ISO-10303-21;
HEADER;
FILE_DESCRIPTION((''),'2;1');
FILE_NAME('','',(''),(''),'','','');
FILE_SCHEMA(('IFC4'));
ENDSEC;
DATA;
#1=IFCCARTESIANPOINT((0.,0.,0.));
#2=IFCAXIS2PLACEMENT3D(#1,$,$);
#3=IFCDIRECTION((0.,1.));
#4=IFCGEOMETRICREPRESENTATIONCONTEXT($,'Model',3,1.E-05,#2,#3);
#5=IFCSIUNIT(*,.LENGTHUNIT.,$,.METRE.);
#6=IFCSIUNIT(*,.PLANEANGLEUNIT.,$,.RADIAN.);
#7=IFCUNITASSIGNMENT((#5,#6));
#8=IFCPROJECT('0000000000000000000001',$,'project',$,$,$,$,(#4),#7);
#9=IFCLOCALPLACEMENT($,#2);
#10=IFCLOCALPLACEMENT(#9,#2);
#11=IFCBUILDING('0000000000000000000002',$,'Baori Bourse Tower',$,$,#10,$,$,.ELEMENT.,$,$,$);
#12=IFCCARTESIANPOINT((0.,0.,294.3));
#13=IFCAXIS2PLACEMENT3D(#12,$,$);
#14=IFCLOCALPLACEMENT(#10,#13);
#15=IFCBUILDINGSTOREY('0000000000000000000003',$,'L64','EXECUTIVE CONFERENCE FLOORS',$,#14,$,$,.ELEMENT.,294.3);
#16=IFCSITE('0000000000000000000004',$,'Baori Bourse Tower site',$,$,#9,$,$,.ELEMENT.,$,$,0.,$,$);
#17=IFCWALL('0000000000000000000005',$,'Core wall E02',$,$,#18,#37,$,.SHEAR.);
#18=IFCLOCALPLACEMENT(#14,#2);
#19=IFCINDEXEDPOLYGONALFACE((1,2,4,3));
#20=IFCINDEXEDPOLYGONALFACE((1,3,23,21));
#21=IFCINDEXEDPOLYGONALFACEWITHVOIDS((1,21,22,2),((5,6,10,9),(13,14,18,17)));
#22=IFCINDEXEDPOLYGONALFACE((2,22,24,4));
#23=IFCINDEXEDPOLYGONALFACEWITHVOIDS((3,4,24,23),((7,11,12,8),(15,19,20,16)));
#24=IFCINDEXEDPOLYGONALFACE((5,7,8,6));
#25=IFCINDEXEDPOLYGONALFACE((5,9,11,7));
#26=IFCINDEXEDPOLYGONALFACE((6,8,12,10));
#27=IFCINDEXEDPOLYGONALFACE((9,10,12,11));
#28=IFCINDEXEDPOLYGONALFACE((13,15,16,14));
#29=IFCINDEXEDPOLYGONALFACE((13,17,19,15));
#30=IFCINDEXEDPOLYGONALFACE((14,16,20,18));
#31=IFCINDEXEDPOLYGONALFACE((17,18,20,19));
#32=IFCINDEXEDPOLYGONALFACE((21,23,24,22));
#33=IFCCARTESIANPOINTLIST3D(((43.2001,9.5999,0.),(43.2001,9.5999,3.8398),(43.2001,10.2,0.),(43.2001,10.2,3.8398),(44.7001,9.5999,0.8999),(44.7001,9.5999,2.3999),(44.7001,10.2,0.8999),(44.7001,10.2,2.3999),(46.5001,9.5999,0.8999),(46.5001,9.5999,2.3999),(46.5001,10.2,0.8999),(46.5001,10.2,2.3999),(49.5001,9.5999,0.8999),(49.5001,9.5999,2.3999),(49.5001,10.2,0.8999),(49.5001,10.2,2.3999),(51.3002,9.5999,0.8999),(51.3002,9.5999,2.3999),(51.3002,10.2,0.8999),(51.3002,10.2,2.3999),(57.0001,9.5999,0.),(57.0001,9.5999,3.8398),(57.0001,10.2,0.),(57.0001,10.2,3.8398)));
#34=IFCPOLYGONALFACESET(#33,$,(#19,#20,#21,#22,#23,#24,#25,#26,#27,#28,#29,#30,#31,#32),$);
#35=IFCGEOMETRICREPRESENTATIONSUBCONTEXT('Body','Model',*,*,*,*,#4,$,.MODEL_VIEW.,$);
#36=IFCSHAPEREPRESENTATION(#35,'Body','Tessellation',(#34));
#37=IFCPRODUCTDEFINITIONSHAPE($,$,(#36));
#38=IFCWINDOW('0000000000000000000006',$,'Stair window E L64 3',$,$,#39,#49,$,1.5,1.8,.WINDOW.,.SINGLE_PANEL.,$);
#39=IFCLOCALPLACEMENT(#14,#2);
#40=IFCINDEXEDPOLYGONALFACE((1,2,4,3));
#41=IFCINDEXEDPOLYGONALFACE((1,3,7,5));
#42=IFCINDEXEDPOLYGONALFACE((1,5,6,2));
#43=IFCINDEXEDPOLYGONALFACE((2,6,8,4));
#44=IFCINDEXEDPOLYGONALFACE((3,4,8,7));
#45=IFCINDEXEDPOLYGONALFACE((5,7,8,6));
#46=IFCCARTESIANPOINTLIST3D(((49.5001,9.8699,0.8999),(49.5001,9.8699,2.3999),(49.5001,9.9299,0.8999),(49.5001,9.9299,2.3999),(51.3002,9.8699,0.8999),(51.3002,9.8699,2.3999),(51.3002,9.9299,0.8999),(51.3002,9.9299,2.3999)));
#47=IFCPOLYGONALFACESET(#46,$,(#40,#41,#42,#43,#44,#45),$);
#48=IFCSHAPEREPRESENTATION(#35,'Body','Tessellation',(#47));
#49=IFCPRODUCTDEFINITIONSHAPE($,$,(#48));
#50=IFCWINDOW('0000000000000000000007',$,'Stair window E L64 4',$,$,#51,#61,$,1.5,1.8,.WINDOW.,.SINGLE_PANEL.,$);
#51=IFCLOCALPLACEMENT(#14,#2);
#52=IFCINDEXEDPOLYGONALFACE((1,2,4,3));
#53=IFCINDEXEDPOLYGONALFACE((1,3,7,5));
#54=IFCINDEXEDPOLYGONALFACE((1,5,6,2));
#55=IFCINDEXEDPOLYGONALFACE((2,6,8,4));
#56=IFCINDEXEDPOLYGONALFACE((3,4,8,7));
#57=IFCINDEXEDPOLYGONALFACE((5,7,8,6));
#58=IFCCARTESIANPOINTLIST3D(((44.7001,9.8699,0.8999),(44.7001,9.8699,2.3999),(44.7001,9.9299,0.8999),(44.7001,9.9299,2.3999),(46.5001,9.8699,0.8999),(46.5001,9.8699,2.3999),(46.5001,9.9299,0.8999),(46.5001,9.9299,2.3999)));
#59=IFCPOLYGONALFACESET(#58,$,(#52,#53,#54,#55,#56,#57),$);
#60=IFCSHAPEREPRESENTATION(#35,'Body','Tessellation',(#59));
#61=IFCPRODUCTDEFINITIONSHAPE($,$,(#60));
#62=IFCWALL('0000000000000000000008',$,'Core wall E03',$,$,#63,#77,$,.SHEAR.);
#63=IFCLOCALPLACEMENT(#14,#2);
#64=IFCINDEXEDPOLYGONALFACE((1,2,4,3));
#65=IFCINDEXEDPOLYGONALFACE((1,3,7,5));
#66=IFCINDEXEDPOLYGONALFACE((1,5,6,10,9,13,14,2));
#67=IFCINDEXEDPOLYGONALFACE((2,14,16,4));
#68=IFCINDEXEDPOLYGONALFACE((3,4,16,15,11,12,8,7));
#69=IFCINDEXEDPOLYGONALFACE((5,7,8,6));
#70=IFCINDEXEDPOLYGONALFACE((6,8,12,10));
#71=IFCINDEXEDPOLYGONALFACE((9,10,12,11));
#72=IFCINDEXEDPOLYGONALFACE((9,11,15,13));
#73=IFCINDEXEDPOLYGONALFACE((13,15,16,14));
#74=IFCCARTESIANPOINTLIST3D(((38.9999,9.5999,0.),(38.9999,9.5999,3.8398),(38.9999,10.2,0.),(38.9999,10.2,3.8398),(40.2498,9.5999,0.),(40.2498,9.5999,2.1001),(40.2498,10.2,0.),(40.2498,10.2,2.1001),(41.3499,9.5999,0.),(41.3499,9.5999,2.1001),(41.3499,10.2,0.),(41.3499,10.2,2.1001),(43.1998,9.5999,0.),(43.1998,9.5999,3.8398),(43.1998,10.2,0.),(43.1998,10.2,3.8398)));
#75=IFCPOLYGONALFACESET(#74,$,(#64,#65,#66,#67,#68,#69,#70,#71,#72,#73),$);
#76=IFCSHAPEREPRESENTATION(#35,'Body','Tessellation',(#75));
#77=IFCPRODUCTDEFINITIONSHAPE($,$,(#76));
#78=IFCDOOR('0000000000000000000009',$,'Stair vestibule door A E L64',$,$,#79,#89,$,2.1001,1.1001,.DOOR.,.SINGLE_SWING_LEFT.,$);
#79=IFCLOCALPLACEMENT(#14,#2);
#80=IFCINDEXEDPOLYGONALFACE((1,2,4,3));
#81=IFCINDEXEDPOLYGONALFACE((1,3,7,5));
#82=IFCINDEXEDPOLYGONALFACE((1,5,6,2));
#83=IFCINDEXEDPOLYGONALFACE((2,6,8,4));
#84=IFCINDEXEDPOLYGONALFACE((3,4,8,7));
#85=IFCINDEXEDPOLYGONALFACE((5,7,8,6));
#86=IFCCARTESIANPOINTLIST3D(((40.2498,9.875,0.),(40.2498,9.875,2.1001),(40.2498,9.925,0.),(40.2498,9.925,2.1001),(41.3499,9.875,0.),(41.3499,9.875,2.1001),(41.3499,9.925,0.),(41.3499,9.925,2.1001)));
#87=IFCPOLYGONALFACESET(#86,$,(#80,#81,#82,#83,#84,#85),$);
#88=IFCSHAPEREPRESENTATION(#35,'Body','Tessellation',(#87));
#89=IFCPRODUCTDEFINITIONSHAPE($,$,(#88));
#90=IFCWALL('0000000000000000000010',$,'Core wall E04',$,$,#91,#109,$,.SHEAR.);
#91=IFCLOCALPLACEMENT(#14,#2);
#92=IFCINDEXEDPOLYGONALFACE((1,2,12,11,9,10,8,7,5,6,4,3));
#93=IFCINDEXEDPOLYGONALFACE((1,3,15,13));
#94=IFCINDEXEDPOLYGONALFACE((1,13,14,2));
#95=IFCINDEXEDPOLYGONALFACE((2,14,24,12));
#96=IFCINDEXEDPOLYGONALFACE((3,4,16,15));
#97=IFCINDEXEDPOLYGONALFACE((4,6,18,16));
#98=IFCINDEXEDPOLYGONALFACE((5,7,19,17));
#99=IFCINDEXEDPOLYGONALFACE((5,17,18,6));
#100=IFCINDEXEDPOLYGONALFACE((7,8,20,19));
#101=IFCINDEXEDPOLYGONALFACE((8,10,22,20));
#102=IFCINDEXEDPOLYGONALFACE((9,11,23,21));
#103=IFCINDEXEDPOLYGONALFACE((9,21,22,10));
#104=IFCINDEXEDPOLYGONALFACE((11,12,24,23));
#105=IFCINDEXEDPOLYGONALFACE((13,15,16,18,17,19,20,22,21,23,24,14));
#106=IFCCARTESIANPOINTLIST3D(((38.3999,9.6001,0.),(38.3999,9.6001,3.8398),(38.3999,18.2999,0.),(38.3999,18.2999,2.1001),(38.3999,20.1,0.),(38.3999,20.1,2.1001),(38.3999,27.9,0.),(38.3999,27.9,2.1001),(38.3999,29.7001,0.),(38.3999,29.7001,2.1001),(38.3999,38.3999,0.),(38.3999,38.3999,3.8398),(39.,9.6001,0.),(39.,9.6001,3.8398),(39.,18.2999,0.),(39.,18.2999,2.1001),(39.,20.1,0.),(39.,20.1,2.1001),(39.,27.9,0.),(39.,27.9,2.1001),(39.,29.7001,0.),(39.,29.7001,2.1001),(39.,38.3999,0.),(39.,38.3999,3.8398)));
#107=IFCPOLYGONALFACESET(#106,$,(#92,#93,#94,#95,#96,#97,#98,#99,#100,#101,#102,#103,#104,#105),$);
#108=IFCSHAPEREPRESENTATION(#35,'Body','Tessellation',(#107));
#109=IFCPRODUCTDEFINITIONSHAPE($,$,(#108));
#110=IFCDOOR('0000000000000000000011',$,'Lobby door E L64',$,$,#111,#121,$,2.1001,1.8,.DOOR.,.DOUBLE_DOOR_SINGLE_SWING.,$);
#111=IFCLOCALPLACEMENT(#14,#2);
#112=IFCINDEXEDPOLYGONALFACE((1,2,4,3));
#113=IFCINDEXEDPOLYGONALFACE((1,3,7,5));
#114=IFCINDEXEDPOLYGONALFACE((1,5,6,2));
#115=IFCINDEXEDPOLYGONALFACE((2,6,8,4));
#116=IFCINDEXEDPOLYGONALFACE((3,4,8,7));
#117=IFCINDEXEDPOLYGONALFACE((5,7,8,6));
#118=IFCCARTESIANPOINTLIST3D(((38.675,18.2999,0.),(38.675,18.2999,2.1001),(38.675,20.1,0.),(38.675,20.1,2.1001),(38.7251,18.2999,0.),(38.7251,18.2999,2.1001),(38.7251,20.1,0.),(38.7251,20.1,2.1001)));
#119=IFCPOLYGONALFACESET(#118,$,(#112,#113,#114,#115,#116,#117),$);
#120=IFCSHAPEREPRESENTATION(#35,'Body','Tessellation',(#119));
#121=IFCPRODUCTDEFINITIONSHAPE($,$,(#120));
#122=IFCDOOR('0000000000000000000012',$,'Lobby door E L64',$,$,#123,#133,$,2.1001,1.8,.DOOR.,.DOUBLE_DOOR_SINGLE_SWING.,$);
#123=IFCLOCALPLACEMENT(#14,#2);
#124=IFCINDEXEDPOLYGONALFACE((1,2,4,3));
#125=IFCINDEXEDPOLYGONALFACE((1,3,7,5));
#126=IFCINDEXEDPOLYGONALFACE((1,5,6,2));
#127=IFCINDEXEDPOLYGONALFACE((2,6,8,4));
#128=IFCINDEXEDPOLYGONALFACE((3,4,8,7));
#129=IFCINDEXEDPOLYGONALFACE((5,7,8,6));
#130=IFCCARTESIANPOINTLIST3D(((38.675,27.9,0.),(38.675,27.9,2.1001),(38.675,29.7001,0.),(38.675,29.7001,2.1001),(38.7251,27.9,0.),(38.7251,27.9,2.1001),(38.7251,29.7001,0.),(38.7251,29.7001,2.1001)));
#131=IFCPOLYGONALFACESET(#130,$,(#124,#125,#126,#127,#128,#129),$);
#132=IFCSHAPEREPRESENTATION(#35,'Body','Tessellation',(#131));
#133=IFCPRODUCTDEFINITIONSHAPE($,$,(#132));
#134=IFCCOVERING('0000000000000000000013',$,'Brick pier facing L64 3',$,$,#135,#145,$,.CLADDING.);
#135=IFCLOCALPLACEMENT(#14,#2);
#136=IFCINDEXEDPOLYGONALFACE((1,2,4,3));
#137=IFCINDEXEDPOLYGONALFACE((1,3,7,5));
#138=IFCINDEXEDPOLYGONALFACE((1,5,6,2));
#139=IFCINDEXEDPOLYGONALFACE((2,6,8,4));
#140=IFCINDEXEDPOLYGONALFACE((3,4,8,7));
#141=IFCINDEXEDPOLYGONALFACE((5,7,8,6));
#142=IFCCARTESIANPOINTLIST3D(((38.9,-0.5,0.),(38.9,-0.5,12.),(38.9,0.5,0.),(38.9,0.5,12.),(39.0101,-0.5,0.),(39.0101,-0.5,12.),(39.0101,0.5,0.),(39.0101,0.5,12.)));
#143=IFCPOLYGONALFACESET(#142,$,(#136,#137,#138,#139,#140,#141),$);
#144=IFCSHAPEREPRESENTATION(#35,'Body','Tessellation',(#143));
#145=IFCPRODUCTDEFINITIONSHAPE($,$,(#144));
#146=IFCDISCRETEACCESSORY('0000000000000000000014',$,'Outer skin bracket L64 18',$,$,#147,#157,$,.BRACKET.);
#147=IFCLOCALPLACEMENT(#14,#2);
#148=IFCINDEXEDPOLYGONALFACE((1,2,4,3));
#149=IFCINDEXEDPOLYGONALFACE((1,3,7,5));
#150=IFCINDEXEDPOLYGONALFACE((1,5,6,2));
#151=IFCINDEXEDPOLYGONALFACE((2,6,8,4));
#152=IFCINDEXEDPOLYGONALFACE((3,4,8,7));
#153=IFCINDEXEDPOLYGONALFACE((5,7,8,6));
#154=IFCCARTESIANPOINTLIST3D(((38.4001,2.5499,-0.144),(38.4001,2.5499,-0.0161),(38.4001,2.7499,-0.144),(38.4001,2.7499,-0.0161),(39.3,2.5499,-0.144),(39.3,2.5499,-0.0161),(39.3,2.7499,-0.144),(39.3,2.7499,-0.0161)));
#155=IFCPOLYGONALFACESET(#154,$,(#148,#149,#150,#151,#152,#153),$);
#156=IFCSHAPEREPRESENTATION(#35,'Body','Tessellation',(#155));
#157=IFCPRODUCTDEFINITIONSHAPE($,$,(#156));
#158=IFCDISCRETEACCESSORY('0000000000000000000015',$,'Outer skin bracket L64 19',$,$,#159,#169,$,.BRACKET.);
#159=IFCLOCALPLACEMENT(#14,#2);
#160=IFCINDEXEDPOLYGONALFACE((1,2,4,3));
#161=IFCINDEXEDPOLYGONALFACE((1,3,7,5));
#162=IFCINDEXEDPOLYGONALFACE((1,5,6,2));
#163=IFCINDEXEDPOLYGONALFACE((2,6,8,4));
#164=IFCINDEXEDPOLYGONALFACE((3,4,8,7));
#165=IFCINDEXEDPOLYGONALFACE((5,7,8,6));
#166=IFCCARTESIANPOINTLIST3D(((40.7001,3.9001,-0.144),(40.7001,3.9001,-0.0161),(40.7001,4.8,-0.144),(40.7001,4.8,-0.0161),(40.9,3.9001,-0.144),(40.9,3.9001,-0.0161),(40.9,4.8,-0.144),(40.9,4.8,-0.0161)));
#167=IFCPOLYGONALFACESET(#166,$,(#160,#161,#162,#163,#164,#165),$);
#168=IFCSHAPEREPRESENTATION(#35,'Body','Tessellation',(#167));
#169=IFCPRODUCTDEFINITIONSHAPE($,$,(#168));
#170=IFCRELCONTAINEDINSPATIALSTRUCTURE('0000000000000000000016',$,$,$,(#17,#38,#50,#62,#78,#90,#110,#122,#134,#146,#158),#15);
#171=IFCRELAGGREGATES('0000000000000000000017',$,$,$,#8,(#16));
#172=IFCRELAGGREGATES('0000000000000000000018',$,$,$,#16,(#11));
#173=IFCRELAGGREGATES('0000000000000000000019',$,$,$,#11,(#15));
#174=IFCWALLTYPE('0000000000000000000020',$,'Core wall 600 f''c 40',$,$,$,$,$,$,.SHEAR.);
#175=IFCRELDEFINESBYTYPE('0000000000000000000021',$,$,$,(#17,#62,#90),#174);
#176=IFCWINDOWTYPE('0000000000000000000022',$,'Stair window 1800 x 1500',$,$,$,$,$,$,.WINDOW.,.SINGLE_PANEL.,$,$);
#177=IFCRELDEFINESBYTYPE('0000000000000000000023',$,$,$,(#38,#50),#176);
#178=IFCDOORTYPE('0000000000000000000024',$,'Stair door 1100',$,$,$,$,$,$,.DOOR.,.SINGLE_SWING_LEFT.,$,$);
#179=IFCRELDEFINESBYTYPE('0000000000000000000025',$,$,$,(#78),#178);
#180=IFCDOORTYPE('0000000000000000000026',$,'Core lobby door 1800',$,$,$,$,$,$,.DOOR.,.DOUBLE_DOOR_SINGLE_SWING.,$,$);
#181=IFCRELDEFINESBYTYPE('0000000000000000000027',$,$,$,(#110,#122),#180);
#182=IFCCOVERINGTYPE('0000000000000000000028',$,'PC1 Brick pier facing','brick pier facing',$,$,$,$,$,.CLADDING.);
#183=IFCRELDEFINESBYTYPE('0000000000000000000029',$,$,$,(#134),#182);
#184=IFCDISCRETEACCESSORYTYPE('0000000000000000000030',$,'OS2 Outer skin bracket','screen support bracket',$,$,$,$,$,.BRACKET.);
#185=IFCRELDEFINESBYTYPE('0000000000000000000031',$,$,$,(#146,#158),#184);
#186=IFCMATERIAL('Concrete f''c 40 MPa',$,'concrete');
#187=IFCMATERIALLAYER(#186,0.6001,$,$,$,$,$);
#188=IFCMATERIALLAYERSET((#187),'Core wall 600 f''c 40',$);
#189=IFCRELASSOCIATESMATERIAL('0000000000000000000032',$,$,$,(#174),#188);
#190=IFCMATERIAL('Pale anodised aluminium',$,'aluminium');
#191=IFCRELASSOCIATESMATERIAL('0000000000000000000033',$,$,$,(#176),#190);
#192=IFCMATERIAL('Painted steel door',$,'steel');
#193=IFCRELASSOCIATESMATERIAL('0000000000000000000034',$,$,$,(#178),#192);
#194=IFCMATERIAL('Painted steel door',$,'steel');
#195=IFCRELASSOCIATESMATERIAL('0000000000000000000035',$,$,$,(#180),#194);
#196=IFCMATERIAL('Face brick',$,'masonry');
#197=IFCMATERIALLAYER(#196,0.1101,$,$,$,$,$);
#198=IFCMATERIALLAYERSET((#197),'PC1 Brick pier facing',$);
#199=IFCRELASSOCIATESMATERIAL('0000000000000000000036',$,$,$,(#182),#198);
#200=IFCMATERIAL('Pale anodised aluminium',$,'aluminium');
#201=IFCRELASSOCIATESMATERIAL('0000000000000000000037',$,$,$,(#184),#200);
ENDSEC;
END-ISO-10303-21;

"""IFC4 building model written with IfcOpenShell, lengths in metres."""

from ifc_helpers import new_model, si_unit, direction, frame, frame_2d, origin, origin_2d, place, context, subcontext, project, spatial, rectangle, extrude, material, layer, layer_set, type_object, element, fill, save


model = new_model("IFC4")

# Units and contexts
model_context = context("Model", 3, precision=1e-05, world=origin(), true_north=direction((0.0, 1.0)))
body_context = subcontext(model_context, "Body", "Model", "MODEL_VIEW")
ifc_project = project(units=[si_unit("LENGTHUNIT", "METRE"), si_unit("PLANEANGLEUNIT", "RADIAN")], contexts=[model_context])

# Site, building, storey
site_placement = place(None, origin())
site = spatial("IfcSite", under=ifc_project, at=site_placement, Name="Baori Bourse Tower site", CompositionType="ELEMENT", RefElevation=0.0)
building_placement = place(site_placement, origin())
building = spatial("IfcBuilding", under=site, at=building_placement, Name="Baori Bourse Tower", CompositionType="ELEMENT")
storey_placement = place(building_placement, frame((0.0, 0.0, 294.3)))
storey = spatial("IfcBuildingStorey", under=building, at=storey_placement, Name="L64", Description="EXECUTIVE CONFERENCE FLOORS", CompositionType="ELEMENT", Elevation=294.3)

# Wall, openings, windows
ifc_material_1 = material(Name="Concrete f'c 40 MPa", Category="concrete")
ifc_layer_1 = layer(ifc_material_1, 0.6001)
ifc_layer_set_1 = layer_set([ifc_layer_1], Name="Core wall 600 f'c 40")
wall_type = type_object("IfcWallType", Name="Core wall 600 f'c 40", PredefinedType="SHEAR", material=ifc_layer_set_1)
wall_1_placement = place(storey_placement, frame((57.0, 9.8999, 0.0), z_axis=(0.0, 0.0, 1.0), x_axis=(-1.0, 0.0, 0.0)))
wall_1 = element("IfcWall", 1, at=wall_1_placement, inside=storey, type_object=wall_type, Name="Core wall E02", PredefinedType="SHEAR", context=body_context, shape_type="SweptSolid", body=[
    extrude(rectangle(XDim=13.8, YDim=0.6001, at=frame_2d((6.8999, 0.0))), origin(), (0.0, 0.0, 1.0), 3.8398),
])
opening_1_placement = place(wall_1_placement, frame((5.7, 0.0, 0.8999)))
opening_1 = element("IfcOpeningElement", 2, at=opening_1_placement, cuts=wall_1, PredefinedType="OPENING", context=body_context, shape_type="SweptSolid", body=[
    extrude(rectangle(XDim=1.8, YDim=1.5, at=frame_2d((0.8999, 0.75))), frame((0.0, 0.3101, 0.0), z_axis=(0.0, -1.0, 0.0), x_axis=(1.0, 0.0, 0.0)), (0.0, 0.0, 1.0), 0.6201),
])
opening_2_placement = place(wall_1_placement, frame((10.5, 0.0, 0.8999)))
opening_2 = element("IfcOpeningElement", 3, at=opening_2_placement, cuts=wall_1, PredefinedType="OPENING", context=body_context, shape_type="SweptSolid", body=[
    extrude(rectangle(XDim=1.8, YDim=1.5, at=frame_2d((0.8999, 0.75))), frame((0.0, 0.3101, 0.0), z_axis=(0.0, -1.0, 0.0), x_axis=(1.0, 0.0, 0.0)), (0.0, 0.0, 1.0), 0.6201),
])
ifc_material_2 = material(Name="Pale anodised aluminium", Category="aluminium")
window_type = type_object("IfcWindowType", Name="Stair window 1800 x 1500", PartitioningType="SINGLE_PANEL", PredefinedType="WINDOW", material=ifc_material_2)
window_1_placement = place(opening_1_placement, origin())
window_1 = element("IfcWindow", 4, at=window_1_placement, inside=storey, type_object=window_type, Name="Stair window E L64 3", OverallHeight=1.5, OverallWidth=1.8, PartitioningType="SINGLE_PANEL", PredefinedType="WINDOW", context=body_context, shape_type="SweptSolid", body=[
    extrude(rectangle(XDim=1.8, YDim=1.5, at=frame_2d((0.8999, 0.75))), frame((0.0, 0.03, 0.0), z_axis=(0.0, -1.0, 0.0), x_axis=(1.0, 0.0, 0.0)), (0.0, 0.0, 1.0), 0.0601),
])
fill(opening_1, window_1)
window_2_placement = place(opening_2_placement, origin())
window_2 = element("IfcWindow", 5, at=window_2_placement, inside=storey, type_object=window_type, Name="Stair window E L64 4", OverallHeight=1.5, OverallWidth=1.8, PartitioningType="SINGLE_PANEL", PredefinedType="WINDOW", context=body_context, shape_type="SweptSolid", body=[
    extrude(rectangle(XDim=1.8, YDim=1.5, at=frame_2d((0.8999, 0.75))), frame((0.0, 0.03, 0.0), z_axis=(0.0, -1.0, 0.0), x_axis=(1.0, 0.0, 0.0)), (0.0, 0.0, 1.0), 0.0601),
])
fill(opening_2, window_2)

# Wall, opening, door
wall_2_placement = place(storey_placement, frame((43.2, 9.8999, 0.0), z_axis=(0.0, 0.0, 1.0), x_axis=(-1.0, 0.0, 0.0)))
wall_2 = element("IfcWall", 6, at=wall_2_placement, inside=storey, type_object=wall_type, Name="Core wall E03", PredefinedType="SHEAR", context=body_context, shape_type="SweptSolid", body=[
    extrude(rectangle(XDim=4.2, YDim=0.6001, at=frame_2d((2.1001, 0.0))), origin(), (0.0, 0.0, 1.0), 3.8398),
])
opening_3_placement = place(wall_2_placement, frame((1.8501, 0.0, 0.0)))
opening_3 = element("IfcOpeningElement", 7, at=opening_3_placement, cuts=wall_2, PredefinedType="OPENING", context=body_context, shape_type="SweptSolid", body=[
    extrude(rectangle(XDim=1.1001, YDim=2.1001, at=frame_2d((0.55, 1.05))), frame((0.0, 0.3101, 0.0), z_axis=(0.0, -1.0, 0.0), x_axis=(1.0, 0.0, 0.0)), (0.0, 0.0, 1.0), 0.6201),
])
ifc_material_3 = material(Name="Painted steel door", Category="steel")
door_type_1 = type_object("IfcDoorType", Name="Stair door 1100", OperationType="SINGLE_SWING_LEFT", PredefinedType="DOOR", material=ifc_material_3)
door_1_placement = place(opening_3_placement, origin())
door_1 = element("IfcDoor", 8, at=door_1_placement, inside=storey, type_object=door_type_1, Name="Stair vestibule door A E L64", OperationType="SINGLE_SWING_LEFT", OverallHeight=2.1001, OverallWidth=1.1001, PredefinedType="DOOR", context=body_context, shape_type="SweptSolid", body=[
    extrude(rectangle(XDim=1.1001, YDim=2.1001, at=frame_2d((0.55, 1.05))), frame((0.0, 0.0249, 0.0), z_axis=(0.0, -1.0, 0.0), x_axis=(1.0, 0.0, 0.0)), (0.0, 0.0, 1.0), 0.05),
])
fill(opening_3, door_1)

# Wall, openings, doors
wall_3_placement = place(storey_placement, frame((38.7, 9.6001, 0.0), z_axis=(0.0, 0.0, 1.0), x_axis=(0.0, 1.0, 0.0)))
wall_3 = element("IfcWall", 9, at=wall_3_placement, inside=storey, type_object=wall_type, Name="Core wall E04", PredefinedType="SHEAR", context=body_context, shape_type="SweptSolid", body=[
    extrude(rectangle(XDim=28.7998, YDim=0.6001, at=frame_2d((14.3999, 0.0))), origin(), (0.0, 0.0, 1.0), 3.8398),
])
opening_4_placement = place(wall_3_placement, frame((8.7, 0.0, 0.0)))
opening_4 = element("IfcOpeningElement", 10, at=opening_4_placement, cuts=wall_3, PredefinedType="OPENING", context=body_context, shape_type="SweptSolid", body=[
    extrude(rectangle(XDim=1.8, YDim=2.1001, at=frame_2d((0.8999, 1.05))), frame((0.0, 0.3101, 0.0), z_axis=(0.0, -1.0, 0.0), x_axis=(1.0, 0.0, 0.0)), (0.0, 0.0, 1.0), 0.6201),
])
opening_5_placement = place(wall_3_placement, frame((18.3, 0.0, 0.0)))
opening_5 = element("IfcOpeningElement", 11, at=opening_5_placement, cuts=wall_3, PredefinedType="OPENING", context=body_context, shape_type="SweptSolid", body=[
    extrude(rectangle(XDim=1.8, YDim=2.1001, at=frame_2d((0.8999, 1.05))), frame((0.0, 0.3101, 0.0), z_axis=(0.0, -1.0, 0.0), x_axis=(1.0, 0.0, 0.0)), (0.0, 0.0, 1.0), 0.6201),
])
ifc_material_4 = material(Name="Painted steel door", Category="steel")
door_type_2 = type_object("IfcDoorType", Name="Core lobby door 1800", OperationType="DOUBLE_DOOR_SINGLE_SWING", PredefinedType="DOOR", material=ifc_material_4)
door_2_placement = place(opening_4_placement, origin())
door_2 = element("IfcDoor", 12, at=door_2_placement, inside=storey, type_object=door_type_2, Name="Lobby door E L64", OperationType="DOUBLE_DOOR_SINGLE_SWING", OverallHeight=2.1001, OverallWidth=1.8, PredefinedType="DOOR", context=body_context, shape_type="SweptSolid", body=[
    extrude(rectangle(XDim=1.8, YDim=2.1001, at=frame_2d((0.8999, 1.05))), frame((0.0, 0.0249, 0.0), z_axis=(0.0, -1.0, 0.0), x_axis=(1.0, 0.0, 0.0)), (0.0, 0.0, 1.0), 0.05),
])
fill(opening_4, door_2)
door_3_placement = place(opening_5_placement, origin())
door_3 = element("IfcDoor", 13, at=door_3_placement, inside=storey, type_object=door_type_2, Name="Lobby door E L64", OperationType="DOUBLE_DOOR_SINGLE_SWING", OverallHeight=2.1001, OverallWidth=1.8, PredefinedType="DOOR", context=body_context, shape_type="SweptSolid", body=[
    extrude(rectangle(XDim=1.8, YDim=2.1001, at=frame_2d((0.8999, 1.05))), frame((0.0, 0.0249, 0.0), z_axis=(0.0, -1.0, 0.0), x_axis=(1.0, 0.0, 0.0)), (0.0, 0.0, 1.0), 0.05),
])
fill(opening_5, door_3)

# Covering
ifc_material_5 = material(Name="Face brick", Category="masonry")
ifc_layer_2 = layer(ifc_material_5, 0.1101)
ifc_layer_set_2 = layer_set([ifc_layer_2], Name="PC1 Brick pier facing")
covering_type = type_object("IfcCoveringType", Name="PC1 Brick pier facing", Description="brick pier facing", PredefinedType="CLADDING", material=ifc_layer_set_2)
covering_placement = place(storey_placement, frame((38.9551, 0.0, 0.0), z_axis=(0.0, 0.0, 1.0), x_axis=(1.0, 0.0, 0.0)))
element("IfcCovering", 14, at=covering_placement, inside=storey, type_object=covering_type, Name="Brick pier facing L64 3", PredefinedType="CLADDING", context=body_context, shape_type="SweptSolid", body=[
    extrude(rectangle(XDim=0.1101, YDim=1.0, at=origin_2d()), origin(), (0.0, 0.0, 1.0), 12.0),
])

# Discrete accessories
ifc_material_6 = material(Name="Pale anodised aluminium", Category="aluminium")
discrete_accessory_type = type_object("IfcDiscreteAccessoryType", Name="OS2 Outer skin bracket", Description="screen support bracket", PredefinedType="BRACKET", material=ifc_material_6)
for number, where, z_axis, x_axis, name in (
    (15, (38.8501, 2.6499, -0.144), (0.0, 0.0, 1.0), (0.0, 1.0, 0.0), "Outer skin bracket L64 18"),
    (16, (40.8, 4.3501, -0.144), (0.0, 0.0, 1.0), (1.0, 0.0, 0.0), "Outer skin bracket L64 19"),
):
    element("IfcDiscreteAccessory", number, at=place(storey_placement, frame(where, z_axis=z_axis, x_axis=x_axis)), inside=storey, type_object=discrete_accessory_type, Name=name, PredefinedType="BRACKET", context=body_context, shape_type="SweptSolid", body=[
        extrude(rectangle(XDim=0.2, YDim=0.8999, at=origin_2d()), origin(), (0.0, 0.0, 1.0), 0.1279),
    ])

save(model, "model.ifc")
